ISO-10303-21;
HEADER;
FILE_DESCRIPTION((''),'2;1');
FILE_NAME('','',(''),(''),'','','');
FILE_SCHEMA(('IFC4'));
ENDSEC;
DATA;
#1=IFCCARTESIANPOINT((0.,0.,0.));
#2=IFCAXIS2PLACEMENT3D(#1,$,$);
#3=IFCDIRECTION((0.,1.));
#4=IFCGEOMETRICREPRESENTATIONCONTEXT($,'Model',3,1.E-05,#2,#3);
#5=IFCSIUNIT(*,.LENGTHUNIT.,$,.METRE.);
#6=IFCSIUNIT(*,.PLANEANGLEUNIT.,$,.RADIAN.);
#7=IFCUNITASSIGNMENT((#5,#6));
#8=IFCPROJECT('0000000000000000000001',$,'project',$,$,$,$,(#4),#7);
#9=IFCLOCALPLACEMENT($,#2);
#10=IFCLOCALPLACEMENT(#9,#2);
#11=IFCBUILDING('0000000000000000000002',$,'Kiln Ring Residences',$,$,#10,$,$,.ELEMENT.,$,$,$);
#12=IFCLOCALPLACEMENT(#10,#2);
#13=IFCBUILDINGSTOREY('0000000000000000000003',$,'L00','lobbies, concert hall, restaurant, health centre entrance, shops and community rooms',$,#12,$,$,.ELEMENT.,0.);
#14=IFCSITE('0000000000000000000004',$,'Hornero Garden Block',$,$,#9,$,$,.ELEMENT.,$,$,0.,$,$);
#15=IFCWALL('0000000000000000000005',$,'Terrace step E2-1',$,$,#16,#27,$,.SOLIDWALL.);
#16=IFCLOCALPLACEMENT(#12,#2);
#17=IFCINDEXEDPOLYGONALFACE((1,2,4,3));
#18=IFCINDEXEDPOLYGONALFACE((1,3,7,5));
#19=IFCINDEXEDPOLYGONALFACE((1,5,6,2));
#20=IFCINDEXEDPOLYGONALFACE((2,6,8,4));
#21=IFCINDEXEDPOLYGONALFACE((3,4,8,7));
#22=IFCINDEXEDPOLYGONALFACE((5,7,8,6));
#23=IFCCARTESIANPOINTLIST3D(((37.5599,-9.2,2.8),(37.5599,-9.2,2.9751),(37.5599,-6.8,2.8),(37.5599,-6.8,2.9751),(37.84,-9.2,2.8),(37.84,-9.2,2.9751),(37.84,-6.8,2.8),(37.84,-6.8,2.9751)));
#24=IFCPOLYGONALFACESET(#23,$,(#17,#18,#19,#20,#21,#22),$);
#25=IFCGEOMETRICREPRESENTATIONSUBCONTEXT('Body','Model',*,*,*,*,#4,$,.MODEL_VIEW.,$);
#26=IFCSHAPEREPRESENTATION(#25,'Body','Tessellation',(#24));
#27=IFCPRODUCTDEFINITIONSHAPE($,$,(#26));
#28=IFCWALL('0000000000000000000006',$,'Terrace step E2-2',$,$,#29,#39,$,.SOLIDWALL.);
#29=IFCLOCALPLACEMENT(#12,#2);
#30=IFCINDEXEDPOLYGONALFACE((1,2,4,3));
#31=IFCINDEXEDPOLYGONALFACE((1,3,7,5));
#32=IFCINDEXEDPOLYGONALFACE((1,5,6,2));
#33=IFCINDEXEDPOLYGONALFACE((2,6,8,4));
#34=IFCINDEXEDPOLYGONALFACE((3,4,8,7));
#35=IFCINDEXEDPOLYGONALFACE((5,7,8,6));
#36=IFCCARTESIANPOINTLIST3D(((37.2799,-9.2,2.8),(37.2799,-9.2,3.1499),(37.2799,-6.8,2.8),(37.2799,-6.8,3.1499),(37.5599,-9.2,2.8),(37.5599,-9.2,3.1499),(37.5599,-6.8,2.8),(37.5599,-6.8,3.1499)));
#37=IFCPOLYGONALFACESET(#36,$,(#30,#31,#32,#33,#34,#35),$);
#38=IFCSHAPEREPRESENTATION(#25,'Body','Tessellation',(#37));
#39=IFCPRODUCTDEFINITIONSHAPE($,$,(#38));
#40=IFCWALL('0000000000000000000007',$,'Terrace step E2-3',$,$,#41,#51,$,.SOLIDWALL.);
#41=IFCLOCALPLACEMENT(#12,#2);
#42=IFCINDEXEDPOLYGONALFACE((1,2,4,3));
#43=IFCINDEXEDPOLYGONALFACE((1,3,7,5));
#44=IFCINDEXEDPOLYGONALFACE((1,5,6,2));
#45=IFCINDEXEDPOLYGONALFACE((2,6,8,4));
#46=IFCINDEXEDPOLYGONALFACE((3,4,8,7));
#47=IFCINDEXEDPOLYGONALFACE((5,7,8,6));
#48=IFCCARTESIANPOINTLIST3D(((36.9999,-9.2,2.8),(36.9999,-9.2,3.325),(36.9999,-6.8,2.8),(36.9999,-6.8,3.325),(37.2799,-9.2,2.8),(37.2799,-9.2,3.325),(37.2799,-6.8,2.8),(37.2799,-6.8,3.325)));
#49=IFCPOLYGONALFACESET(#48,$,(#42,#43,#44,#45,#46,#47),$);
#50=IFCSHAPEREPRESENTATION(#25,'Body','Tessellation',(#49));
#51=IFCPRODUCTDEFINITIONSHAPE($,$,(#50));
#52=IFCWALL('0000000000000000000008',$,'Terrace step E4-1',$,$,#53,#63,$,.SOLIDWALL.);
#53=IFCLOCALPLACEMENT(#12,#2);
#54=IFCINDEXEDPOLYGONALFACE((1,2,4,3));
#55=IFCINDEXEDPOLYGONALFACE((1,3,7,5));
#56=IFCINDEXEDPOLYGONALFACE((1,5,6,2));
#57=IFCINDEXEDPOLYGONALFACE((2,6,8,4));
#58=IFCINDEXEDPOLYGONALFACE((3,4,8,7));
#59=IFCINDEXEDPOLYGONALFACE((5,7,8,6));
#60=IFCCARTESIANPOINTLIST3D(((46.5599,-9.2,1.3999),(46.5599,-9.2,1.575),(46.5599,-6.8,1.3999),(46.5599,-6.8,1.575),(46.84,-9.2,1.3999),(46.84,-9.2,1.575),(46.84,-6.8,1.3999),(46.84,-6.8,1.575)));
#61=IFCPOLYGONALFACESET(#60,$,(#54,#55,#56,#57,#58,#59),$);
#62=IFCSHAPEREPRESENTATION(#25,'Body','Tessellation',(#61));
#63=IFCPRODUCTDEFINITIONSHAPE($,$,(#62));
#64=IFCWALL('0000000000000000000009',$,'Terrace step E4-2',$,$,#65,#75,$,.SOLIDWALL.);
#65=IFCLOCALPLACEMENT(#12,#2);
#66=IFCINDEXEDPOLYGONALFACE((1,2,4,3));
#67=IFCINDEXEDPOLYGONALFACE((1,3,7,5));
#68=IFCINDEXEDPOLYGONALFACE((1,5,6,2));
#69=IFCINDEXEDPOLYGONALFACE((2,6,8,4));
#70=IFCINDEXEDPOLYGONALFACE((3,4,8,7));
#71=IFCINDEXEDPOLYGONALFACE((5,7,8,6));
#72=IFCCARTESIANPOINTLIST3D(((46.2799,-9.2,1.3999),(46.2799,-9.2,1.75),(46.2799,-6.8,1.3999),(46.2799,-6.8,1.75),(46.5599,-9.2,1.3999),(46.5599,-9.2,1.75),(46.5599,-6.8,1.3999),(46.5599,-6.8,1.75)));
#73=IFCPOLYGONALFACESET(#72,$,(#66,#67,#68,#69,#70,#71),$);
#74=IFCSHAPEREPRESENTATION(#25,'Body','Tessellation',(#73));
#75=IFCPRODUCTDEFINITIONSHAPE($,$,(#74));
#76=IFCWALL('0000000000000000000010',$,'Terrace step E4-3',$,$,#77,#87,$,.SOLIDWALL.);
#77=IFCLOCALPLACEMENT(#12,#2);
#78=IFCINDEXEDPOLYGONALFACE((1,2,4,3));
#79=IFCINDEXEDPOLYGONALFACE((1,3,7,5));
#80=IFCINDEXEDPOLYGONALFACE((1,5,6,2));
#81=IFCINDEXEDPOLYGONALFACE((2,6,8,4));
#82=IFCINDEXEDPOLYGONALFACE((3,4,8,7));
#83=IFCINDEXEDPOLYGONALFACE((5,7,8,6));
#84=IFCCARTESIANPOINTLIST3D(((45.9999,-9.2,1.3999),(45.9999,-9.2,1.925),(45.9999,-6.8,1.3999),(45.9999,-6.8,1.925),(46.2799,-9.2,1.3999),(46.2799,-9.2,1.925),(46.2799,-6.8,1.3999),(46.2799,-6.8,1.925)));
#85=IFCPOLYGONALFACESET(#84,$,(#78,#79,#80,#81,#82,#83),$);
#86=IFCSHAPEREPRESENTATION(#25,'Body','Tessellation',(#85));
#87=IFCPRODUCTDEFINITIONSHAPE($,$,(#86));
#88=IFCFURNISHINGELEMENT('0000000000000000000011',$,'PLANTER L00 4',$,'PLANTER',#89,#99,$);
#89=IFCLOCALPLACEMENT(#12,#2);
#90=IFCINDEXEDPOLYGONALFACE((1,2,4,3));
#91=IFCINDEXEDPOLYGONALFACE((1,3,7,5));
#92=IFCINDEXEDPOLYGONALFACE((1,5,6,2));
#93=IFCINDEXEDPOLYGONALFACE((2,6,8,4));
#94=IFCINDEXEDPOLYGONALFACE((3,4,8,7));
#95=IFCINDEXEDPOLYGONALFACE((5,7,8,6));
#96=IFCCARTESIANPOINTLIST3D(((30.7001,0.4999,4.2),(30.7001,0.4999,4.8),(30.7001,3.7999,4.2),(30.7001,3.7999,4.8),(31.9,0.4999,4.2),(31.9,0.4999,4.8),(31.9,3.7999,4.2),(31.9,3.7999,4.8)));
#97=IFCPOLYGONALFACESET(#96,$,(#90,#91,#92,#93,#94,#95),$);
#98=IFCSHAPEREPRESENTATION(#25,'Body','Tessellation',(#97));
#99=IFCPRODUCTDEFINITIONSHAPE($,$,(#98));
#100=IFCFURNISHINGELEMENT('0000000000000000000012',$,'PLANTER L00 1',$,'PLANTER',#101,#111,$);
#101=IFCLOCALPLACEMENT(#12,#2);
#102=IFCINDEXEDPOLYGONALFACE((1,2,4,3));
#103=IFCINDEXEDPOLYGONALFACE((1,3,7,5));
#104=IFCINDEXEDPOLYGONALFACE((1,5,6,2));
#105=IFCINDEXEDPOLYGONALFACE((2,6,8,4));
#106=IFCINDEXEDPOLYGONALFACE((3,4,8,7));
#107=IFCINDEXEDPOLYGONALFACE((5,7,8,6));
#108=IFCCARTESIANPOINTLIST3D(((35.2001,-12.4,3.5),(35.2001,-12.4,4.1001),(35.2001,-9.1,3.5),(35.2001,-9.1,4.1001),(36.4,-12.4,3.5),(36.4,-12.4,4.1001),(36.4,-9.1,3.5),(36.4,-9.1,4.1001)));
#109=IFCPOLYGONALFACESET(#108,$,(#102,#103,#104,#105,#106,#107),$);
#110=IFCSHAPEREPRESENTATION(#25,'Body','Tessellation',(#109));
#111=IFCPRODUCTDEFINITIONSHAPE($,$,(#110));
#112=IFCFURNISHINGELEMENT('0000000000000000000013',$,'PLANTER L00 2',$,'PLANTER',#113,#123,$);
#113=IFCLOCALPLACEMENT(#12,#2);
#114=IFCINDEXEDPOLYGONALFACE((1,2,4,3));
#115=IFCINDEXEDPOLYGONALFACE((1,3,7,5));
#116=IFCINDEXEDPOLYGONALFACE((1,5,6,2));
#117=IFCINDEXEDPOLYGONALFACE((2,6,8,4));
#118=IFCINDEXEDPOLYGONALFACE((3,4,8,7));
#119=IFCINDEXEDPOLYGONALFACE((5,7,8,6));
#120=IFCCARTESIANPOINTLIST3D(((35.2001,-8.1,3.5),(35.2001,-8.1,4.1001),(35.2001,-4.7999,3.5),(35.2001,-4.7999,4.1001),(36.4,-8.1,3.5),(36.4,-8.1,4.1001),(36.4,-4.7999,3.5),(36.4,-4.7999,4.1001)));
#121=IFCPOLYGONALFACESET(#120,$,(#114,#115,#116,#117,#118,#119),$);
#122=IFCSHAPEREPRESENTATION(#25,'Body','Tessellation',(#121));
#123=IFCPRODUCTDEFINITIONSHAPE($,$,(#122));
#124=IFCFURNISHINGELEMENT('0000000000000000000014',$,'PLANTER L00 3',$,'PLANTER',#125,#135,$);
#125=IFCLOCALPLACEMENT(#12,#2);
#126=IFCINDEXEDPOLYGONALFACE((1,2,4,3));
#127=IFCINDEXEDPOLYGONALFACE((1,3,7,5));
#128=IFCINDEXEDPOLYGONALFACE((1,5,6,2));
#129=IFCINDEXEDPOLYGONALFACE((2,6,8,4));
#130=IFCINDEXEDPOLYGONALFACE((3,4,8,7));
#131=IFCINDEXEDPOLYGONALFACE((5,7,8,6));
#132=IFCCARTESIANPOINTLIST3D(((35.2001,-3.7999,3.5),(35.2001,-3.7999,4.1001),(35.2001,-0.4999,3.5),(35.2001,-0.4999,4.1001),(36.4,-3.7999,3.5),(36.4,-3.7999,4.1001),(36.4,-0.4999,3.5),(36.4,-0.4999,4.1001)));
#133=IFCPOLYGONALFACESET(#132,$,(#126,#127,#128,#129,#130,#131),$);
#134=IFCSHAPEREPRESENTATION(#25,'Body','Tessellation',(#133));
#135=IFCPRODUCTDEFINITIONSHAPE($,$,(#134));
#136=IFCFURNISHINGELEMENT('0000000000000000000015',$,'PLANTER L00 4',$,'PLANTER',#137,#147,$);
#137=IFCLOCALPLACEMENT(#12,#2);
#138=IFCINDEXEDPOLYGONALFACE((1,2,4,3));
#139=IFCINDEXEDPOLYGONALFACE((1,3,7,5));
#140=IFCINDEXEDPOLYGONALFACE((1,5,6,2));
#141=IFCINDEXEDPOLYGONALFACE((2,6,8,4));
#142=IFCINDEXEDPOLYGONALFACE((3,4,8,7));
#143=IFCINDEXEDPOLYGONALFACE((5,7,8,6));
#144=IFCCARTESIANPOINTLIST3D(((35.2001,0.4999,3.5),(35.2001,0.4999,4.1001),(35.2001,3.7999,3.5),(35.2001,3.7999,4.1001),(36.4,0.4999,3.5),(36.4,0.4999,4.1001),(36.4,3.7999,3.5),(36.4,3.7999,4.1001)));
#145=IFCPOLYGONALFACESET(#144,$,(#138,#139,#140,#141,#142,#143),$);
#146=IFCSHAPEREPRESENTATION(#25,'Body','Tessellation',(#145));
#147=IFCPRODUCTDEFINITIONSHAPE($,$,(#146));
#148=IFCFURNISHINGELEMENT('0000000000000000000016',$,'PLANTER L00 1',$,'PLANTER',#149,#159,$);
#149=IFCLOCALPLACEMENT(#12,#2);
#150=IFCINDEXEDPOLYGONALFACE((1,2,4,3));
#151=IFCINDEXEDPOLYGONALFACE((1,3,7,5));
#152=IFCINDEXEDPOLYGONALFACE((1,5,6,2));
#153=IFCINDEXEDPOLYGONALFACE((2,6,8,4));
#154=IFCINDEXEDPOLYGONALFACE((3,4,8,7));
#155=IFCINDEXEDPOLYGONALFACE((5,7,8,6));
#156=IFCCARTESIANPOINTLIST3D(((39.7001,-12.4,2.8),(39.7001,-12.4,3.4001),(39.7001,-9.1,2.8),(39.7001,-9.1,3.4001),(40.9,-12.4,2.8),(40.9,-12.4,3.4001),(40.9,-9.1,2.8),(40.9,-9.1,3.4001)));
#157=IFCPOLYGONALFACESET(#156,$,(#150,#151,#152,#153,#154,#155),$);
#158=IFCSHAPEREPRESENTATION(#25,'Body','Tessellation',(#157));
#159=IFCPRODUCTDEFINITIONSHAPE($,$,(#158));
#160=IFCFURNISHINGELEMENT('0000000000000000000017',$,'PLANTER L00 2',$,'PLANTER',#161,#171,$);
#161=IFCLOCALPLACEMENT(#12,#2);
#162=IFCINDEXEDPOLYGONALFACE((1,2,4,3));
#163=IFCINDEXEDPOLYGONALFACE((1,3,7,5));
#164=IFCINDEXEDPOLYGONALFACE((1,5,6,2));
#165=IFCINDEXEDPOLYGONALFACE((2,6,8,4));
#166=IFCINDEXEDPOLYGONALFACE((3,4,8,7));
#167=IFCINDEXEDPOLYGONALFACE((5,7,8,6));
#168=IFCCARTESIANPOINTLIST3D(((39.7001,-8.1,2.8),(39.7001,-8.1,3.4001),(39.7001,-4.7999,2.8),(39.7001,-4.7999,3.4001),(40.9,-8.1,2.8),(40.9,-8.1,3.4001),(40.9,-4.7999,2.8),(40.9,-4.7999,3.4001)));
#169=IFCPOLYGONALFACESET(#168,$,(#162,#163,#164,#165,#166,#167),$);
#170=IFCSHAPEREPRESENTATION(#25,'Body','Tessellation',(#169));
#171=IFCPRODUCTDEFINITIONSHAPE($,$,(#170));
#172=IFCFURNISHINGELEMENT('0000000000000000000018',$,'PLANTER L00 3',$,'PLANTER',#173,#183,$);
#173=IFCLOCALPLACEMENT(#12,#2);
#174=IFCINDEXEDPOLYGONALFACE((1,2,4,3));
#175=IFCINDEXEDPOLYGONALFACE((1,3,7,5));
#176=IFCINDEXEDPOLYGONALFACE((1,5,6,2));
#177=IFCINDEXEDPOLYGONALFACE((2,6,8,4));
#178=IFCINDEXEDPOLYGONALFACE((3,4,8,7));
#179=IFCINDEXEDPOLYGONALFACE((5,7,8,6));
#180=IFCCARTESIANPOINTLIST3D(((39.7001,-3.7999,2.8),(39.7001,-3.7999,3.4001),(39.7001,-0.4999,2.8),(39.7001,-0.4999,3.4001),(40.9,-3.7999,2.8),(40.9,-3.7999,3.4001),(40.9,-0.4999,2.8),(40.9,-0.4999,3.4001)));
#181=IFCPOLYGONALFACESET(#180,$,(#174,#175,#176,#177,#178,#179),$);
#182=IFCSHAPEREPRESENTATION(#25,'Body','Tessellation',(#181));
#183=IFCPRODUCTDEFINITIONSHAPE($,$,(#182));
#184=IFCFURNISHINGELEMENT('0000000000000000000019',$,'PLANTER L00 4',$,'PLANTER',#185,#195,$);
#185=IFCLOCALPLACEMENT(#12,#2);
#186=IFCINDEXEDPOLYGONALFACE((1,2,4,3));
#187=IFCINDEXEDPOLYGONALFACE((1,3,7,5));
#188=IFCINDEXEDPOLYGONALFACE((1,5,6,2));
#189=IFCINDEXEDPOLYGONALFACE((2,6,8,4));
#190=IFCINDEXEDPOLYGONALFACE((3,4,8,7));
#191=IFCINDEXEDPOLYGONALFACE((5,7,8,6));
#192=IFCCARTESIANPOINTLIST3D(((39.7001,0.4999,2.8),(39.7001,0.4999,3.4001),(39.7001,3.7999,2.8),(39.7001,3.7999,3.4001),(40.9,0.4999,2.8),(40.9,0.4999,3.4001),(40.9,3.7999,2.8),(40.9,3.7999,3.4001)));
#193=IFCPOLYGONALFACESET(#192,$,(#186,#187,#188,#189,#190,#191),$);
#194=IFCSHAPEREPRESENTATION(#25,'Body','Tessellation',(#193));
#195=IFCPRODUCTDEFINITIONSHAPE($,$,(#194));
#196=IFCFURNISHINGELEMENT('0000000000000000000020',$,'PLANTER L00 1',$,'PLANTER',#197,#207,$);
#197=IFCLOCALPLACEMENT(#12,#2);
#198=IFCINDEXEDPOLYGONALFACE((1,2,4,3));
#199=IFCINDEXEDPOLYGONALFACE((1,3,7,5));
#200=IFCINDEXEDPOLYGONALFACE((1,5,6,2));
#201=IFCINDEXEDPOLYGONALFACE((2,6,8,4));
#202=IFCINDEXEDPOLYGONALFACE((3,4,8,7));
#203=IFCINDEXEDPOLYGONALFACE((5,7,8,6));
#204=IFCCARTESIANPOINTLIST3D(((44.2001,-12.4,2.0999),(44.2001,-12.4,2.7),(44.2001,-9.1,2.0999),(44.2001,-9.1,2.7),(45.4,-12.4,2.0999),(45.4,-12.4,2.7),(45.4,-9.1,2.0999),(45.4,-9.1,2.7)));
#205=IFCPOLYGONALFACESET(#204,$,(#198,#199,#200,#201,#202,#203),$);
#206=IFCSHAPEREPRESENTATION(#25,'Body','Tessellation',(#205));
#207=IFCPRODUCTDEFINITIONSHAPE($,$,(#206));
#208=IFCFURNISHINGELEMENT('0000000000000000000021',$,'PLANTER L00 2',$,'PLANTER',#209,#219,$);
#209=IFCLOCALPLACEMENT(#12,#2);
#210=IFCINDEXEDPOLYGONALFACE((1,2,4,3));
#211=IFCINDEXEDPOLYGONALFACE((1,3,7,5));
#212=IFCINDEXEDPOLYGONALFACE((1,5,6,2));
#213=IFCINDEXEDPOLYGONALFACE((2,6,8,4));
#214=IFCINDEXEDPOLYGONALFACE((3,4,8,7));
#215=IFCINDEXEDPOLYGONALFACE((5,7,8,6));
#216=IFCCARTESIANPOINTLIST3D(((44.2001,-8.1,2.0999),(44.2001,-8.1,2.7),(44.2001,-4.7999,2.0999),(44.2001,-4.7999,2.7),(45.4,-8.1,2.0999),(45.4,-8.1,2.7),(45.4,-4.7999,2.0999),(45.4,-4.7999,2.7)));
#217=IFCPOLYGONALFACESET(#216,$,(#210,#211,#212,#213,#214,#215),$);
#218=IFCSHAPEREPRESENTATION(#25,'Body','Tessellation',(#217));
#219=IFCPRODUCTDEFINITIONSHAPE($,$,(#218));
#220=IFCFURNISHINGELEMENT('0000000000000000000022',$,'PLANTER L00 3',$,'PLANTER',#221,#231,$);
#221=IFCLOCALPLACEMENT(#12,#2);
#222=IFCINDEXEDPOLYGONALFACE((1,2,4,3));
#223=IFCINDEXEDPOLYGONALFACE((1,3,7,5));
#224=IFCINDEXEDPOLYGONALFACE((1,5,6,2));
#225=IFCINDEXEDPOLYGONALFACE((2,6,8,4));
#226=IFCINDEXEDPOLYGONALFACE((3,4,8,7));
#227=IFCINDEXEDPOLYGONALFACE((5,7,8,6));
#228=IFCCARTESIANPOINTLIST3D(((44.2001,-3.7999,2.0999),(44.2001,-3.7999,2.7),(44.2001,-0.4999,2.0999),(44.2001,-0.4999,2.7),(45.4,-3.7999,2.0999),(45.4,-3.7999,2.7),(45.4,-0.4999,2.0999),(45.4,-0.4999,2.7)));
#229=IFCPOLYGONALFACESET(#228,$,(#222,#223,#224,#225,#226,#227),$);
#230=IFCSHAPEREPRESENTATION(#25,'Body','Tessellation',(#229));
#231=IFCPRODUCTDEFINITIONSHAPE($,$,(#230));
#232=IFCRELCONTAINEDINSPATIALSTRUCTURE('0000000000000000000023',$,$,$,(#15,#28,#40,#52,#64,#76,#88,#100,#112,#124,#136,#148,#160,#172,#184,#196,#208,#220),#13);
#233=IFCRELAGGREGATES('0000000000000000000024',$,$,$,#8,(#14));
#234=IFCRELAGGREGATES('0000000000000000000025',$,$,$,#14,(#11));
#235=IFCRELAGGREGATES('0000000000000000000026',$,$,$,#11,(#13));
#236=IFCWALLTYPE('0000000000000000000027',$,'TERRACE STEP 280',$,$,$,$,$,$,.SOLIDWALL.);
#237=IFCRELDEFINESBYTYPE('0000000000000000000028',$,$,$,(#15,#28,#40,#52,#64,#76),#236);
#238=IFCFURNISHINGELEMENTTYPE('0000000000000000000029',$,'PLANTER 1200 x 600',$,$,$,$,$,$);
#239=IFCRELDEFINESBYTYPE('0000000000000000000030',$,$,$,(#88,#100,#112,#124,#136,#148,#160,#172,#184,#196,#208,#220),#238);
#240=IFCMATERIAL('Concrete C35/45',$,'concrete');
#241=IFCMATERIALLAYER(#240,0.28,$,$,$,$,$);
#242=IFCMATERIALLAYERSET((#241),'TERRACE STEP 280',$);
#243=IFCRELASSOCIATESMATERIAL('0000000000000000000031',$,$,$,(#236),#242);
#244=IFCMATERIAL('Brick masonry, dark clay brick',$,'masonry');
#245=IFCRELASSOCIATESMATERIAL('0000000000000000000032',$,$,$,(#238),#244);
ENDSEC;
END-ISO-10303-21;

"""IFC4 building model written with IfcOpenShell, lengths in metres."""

from ifc_helpers import new_model, si_unit, direction, frame, frame_2d, origin, origin_2d, place, context, subcontext, project, spatial, rectangle, extrude, material, layer, layer_set, type_object, element, save


model = new_model("IFC4")

# Units and contexts
model_context = context("Model", 3, precision=1e-05, world=origin(), true_north=direction((0.0, 1.0)))
body_context = subcontext(model_context, "Body", "Model", "MODEL_VIEW")
ifc_project = project(units=[si_unit("LENGTHUNIT", "METRE"), si_unit("PLANEANGLEUNIT", "RADIAN")], contexts=[model_context])

# Site, building, storey
site_placement = place(None, origin())
site = spatial("IfcSite", under=ifc_project, at=site_placement, Name="Hornero Garden Block", CompositionType="ELEMENT", RefElevation=0.0)
building_placement = place(site_placement, origin())
building = spatial("IfcBuilding", under=site, at=building_placement, Name="Kiln Ring Residences", CompositionType="ELEMENT")
storey_placement = place(building_placement, origin())
storey = spatial("IfcBuildingStorey", under=building, at=storey_placement, Name="L00", Description="lobbies, concert hall, restaurant, health centre entrance, shops and community rooms", CompositionType="ELEMENT", Elevation=0.0)

# Walls
ifc_material_1 = material(Name="Concrete C35/45", Category="concrete")
ifc_layer = layer(ifc_material_1, 0.28)
ifc_layer_set = layer_set([ifc_layer], Name="TERRACE STEP 280")
wall_type = type_object("IfcWallType", Name="TERRACE STEP 280", PredefinedType="SOLIDWALL", material=ifc_layer_set)
wall_1_placement = place(storey_placement, frame((37.7, -9.2, 2.8), z_axis=(0.0, 0.0, 1.0), x_axis=(0.0, 1.0, 0.0)))
element("IfcWall", 1, at=wall_1_placement, inside=storey, type_object=wall_type, Name="Terrace step E2-1", PredefinedType="SOLIDWALL", context=body_context, shape_type="SweptSolid", body=[
    extrude(rectangle(XDim=2.3999, YDim=0.28, at=frame_2d((1.2, 0.0))), origin(), (0.0, 0.0, 1.0), 0.175),
])
wall_2_placement = place(storey_placement, frame((37.4199, -9.2, 2.8), z_axis=(0.0, 0.0, 1.0), x_axis=(0.0, 1.0, 0.0)))
element("IfcWall", 2, at=wall_2_placement, inside=storey, type_object=wall_type, Name="Terrace step E2-2", PredefinedType="SOLIDWALL", context=body_context, shape_type="SweptSolid", body=[
    extrude(rectangle(XDim=2.3999, YDim=0.28, at=frame_2d((1.2, 0.0))), origin(), (0.0, 0.0, 1.0), 0.3499),
])
wall_3_placement = place(storey_placement, frame((37.1399, -9.2, 2.8), z_axis=(0.0, 0.0, 1.0), x_axis=(0.0, 1.0, 0.0)))
element("IfcWall", 3, at=wall_3_placement, inside=storey, type_object=wall_type, Name="Terrace step E2-3", PredefinedType="SOLIDWALL", context=body_context, shape_type="SweptSolid", body=[
    extrude(rectangle(XDim=2.3999, YDim=0.28, at=frame_2d((1.2, 0.0))), origin(), (0.0, 0.0, 1.0), 0.5249),
])
wall_4_placement = place(storey_placement, frame((46.7, -9.2, 1.3999), z_axis=(0.0, 0.0, 1.0), x_axis=(0.0, 1.0, 0.0)))
element("IfcWall", 4, at=wall_4_placement, inside=storey, type_object=wall_type, Name="Terrace step E4-1", PredefinedType="SOLIDWALL", context=body_context, shape_type="SweptSolid", body=[
    extrude(rectangle(XDim=2.3999, YDim=0.28, at=frame_2d((1.2, 0.0))), origin(), (0.0, 0.0, 1.0), 0.175),
])
wall_5_placement = place(storey_placement, frame((46.4199, -9.2, 1.3999), z_axis=(0.0, 0.0, 1.0), x_axis=(0.0, 1.0, 0.0)))
element("IfcWall", 5, at=wall_5_placement, inside=storey, type_object=wall_type, Name="Terrace step E4-2", PredefinedType="SOLIDWALL", context=body_context, shape_type="SweptSolid", body=[
    extrude(rectangle(XDim=2.3999, YDim=0.28, at=frame_2d((1.2, 0.0))), origin(), (0.0, 0.0, 1.0), 0.3501),
])
wall_6_placement = place(storey_placement, frame((46.1399, -9.2, 1.3999), z_axis=(0.0, 0.0, 1.0), x_axis=(0.0, 1.0, 0.0)))
element("IfcWall", 6, at=wall_6_placement, inside=storey, type_object=wall_type, Name="Terrace step E4-3", PredefinedType="SOLIDWALL", context=body_context, shape_type="SweptSolid", body=[
    extrude(rectangle(XDim=2.3999, YDim=0.28, at=frame_2d((1.2, 0.0))), origin(), (0.0, 0.0, 1.0), 0.5251),
])

# Furnishing elements
ifc_material_2 = material(Name="Brick masonry, dark clay brick", Category="masonry")
furnishing_element_type = type_object("IfcFurnishingElementType", Name="PLANTER 1200 x 600", material=ifc_material_2)
for number, where, z_axis, x_axis, name in (
    (7, (31.3, 2.1499, 4.2), (0.0, 0.0, 1.0), (1.0, 0.0, 0.0), "PLANTER L00 4"),
    (8, (35.8, -10.75, 3.5), (0.0, 0.0, 1.0), (1.0, 0.0, 0.0), "PLANTER L00 1"),
    (9, (35.8, -6.45, 3.5), (0.0, 0.0, 1.0), (1.0, 0.0, 0.0), "PLANTER L00 2"),
    (10, (35.8, -2.1499, 3.5), (0.0, 0.0, 1.0), (1.0, 0.0, 0.0), "PLANTER L00 3"),
    (11, (35.8, 2.1499, 3.5), (0.0, 0.0, 1.0), (1.0, 0.0, 0.0), "PLANTER L00 4"),
    (12, (40.3, -10.75, 2.8), (0.0, 0.0, 1.0), (1.0, 0.0, 0.0), "PLANTER L00 1"),
    (13, (40.3, -6.45, 2.8), (0.0, 0.0, 1.0), (1.0, 0.0, 0.0), "PLANTER L00 2"),
    (14, (40.3, -2.1499, 2.8), (0.0, 0.0, 1.0), (1.0, 0.0, 0.0), "PLANTER L00 3"),
    (15, (40.3, 2.1499, 2.8), (0.0, 0.0, 1.0), (1.0, 0.0, 0.0), "PLANTER L00 4"),
    (16, (44.8, -10.75, 2.0999), (0.0, 0.0, 1.0), (1.0, 0.0, 0.0), "PLANTER L00 1"),
    (17, (44.8, -6.45, 2.0999), (0.0, 0.0, 1.0), (1.0, 0.0, 0.0), "PLANTER L00 2"),
    (18, (44.8, -2.1499, 2.0999), (0.0, 0.0, 1.0), (1.0, 0.0, 0.0), "PLANTER L00 3"),
):
    element("IfcFurnishingElement", number, at=place(storey_placement, frame(where, z_axis=z_axis, x_axis=x_axis)), inside=storey, type_object=furnishing_element_type, Name=name, ObjectType="PLANTER", context=body_context, shape_type="SweptSolid", body=[
        extrude(rectangle(XDim=1.2, YDim=3.3, at=origin_2d()), origin(), (0.0, 0.0, 1.0), 0.6001),
    ])

save(model, "model.ifc")
